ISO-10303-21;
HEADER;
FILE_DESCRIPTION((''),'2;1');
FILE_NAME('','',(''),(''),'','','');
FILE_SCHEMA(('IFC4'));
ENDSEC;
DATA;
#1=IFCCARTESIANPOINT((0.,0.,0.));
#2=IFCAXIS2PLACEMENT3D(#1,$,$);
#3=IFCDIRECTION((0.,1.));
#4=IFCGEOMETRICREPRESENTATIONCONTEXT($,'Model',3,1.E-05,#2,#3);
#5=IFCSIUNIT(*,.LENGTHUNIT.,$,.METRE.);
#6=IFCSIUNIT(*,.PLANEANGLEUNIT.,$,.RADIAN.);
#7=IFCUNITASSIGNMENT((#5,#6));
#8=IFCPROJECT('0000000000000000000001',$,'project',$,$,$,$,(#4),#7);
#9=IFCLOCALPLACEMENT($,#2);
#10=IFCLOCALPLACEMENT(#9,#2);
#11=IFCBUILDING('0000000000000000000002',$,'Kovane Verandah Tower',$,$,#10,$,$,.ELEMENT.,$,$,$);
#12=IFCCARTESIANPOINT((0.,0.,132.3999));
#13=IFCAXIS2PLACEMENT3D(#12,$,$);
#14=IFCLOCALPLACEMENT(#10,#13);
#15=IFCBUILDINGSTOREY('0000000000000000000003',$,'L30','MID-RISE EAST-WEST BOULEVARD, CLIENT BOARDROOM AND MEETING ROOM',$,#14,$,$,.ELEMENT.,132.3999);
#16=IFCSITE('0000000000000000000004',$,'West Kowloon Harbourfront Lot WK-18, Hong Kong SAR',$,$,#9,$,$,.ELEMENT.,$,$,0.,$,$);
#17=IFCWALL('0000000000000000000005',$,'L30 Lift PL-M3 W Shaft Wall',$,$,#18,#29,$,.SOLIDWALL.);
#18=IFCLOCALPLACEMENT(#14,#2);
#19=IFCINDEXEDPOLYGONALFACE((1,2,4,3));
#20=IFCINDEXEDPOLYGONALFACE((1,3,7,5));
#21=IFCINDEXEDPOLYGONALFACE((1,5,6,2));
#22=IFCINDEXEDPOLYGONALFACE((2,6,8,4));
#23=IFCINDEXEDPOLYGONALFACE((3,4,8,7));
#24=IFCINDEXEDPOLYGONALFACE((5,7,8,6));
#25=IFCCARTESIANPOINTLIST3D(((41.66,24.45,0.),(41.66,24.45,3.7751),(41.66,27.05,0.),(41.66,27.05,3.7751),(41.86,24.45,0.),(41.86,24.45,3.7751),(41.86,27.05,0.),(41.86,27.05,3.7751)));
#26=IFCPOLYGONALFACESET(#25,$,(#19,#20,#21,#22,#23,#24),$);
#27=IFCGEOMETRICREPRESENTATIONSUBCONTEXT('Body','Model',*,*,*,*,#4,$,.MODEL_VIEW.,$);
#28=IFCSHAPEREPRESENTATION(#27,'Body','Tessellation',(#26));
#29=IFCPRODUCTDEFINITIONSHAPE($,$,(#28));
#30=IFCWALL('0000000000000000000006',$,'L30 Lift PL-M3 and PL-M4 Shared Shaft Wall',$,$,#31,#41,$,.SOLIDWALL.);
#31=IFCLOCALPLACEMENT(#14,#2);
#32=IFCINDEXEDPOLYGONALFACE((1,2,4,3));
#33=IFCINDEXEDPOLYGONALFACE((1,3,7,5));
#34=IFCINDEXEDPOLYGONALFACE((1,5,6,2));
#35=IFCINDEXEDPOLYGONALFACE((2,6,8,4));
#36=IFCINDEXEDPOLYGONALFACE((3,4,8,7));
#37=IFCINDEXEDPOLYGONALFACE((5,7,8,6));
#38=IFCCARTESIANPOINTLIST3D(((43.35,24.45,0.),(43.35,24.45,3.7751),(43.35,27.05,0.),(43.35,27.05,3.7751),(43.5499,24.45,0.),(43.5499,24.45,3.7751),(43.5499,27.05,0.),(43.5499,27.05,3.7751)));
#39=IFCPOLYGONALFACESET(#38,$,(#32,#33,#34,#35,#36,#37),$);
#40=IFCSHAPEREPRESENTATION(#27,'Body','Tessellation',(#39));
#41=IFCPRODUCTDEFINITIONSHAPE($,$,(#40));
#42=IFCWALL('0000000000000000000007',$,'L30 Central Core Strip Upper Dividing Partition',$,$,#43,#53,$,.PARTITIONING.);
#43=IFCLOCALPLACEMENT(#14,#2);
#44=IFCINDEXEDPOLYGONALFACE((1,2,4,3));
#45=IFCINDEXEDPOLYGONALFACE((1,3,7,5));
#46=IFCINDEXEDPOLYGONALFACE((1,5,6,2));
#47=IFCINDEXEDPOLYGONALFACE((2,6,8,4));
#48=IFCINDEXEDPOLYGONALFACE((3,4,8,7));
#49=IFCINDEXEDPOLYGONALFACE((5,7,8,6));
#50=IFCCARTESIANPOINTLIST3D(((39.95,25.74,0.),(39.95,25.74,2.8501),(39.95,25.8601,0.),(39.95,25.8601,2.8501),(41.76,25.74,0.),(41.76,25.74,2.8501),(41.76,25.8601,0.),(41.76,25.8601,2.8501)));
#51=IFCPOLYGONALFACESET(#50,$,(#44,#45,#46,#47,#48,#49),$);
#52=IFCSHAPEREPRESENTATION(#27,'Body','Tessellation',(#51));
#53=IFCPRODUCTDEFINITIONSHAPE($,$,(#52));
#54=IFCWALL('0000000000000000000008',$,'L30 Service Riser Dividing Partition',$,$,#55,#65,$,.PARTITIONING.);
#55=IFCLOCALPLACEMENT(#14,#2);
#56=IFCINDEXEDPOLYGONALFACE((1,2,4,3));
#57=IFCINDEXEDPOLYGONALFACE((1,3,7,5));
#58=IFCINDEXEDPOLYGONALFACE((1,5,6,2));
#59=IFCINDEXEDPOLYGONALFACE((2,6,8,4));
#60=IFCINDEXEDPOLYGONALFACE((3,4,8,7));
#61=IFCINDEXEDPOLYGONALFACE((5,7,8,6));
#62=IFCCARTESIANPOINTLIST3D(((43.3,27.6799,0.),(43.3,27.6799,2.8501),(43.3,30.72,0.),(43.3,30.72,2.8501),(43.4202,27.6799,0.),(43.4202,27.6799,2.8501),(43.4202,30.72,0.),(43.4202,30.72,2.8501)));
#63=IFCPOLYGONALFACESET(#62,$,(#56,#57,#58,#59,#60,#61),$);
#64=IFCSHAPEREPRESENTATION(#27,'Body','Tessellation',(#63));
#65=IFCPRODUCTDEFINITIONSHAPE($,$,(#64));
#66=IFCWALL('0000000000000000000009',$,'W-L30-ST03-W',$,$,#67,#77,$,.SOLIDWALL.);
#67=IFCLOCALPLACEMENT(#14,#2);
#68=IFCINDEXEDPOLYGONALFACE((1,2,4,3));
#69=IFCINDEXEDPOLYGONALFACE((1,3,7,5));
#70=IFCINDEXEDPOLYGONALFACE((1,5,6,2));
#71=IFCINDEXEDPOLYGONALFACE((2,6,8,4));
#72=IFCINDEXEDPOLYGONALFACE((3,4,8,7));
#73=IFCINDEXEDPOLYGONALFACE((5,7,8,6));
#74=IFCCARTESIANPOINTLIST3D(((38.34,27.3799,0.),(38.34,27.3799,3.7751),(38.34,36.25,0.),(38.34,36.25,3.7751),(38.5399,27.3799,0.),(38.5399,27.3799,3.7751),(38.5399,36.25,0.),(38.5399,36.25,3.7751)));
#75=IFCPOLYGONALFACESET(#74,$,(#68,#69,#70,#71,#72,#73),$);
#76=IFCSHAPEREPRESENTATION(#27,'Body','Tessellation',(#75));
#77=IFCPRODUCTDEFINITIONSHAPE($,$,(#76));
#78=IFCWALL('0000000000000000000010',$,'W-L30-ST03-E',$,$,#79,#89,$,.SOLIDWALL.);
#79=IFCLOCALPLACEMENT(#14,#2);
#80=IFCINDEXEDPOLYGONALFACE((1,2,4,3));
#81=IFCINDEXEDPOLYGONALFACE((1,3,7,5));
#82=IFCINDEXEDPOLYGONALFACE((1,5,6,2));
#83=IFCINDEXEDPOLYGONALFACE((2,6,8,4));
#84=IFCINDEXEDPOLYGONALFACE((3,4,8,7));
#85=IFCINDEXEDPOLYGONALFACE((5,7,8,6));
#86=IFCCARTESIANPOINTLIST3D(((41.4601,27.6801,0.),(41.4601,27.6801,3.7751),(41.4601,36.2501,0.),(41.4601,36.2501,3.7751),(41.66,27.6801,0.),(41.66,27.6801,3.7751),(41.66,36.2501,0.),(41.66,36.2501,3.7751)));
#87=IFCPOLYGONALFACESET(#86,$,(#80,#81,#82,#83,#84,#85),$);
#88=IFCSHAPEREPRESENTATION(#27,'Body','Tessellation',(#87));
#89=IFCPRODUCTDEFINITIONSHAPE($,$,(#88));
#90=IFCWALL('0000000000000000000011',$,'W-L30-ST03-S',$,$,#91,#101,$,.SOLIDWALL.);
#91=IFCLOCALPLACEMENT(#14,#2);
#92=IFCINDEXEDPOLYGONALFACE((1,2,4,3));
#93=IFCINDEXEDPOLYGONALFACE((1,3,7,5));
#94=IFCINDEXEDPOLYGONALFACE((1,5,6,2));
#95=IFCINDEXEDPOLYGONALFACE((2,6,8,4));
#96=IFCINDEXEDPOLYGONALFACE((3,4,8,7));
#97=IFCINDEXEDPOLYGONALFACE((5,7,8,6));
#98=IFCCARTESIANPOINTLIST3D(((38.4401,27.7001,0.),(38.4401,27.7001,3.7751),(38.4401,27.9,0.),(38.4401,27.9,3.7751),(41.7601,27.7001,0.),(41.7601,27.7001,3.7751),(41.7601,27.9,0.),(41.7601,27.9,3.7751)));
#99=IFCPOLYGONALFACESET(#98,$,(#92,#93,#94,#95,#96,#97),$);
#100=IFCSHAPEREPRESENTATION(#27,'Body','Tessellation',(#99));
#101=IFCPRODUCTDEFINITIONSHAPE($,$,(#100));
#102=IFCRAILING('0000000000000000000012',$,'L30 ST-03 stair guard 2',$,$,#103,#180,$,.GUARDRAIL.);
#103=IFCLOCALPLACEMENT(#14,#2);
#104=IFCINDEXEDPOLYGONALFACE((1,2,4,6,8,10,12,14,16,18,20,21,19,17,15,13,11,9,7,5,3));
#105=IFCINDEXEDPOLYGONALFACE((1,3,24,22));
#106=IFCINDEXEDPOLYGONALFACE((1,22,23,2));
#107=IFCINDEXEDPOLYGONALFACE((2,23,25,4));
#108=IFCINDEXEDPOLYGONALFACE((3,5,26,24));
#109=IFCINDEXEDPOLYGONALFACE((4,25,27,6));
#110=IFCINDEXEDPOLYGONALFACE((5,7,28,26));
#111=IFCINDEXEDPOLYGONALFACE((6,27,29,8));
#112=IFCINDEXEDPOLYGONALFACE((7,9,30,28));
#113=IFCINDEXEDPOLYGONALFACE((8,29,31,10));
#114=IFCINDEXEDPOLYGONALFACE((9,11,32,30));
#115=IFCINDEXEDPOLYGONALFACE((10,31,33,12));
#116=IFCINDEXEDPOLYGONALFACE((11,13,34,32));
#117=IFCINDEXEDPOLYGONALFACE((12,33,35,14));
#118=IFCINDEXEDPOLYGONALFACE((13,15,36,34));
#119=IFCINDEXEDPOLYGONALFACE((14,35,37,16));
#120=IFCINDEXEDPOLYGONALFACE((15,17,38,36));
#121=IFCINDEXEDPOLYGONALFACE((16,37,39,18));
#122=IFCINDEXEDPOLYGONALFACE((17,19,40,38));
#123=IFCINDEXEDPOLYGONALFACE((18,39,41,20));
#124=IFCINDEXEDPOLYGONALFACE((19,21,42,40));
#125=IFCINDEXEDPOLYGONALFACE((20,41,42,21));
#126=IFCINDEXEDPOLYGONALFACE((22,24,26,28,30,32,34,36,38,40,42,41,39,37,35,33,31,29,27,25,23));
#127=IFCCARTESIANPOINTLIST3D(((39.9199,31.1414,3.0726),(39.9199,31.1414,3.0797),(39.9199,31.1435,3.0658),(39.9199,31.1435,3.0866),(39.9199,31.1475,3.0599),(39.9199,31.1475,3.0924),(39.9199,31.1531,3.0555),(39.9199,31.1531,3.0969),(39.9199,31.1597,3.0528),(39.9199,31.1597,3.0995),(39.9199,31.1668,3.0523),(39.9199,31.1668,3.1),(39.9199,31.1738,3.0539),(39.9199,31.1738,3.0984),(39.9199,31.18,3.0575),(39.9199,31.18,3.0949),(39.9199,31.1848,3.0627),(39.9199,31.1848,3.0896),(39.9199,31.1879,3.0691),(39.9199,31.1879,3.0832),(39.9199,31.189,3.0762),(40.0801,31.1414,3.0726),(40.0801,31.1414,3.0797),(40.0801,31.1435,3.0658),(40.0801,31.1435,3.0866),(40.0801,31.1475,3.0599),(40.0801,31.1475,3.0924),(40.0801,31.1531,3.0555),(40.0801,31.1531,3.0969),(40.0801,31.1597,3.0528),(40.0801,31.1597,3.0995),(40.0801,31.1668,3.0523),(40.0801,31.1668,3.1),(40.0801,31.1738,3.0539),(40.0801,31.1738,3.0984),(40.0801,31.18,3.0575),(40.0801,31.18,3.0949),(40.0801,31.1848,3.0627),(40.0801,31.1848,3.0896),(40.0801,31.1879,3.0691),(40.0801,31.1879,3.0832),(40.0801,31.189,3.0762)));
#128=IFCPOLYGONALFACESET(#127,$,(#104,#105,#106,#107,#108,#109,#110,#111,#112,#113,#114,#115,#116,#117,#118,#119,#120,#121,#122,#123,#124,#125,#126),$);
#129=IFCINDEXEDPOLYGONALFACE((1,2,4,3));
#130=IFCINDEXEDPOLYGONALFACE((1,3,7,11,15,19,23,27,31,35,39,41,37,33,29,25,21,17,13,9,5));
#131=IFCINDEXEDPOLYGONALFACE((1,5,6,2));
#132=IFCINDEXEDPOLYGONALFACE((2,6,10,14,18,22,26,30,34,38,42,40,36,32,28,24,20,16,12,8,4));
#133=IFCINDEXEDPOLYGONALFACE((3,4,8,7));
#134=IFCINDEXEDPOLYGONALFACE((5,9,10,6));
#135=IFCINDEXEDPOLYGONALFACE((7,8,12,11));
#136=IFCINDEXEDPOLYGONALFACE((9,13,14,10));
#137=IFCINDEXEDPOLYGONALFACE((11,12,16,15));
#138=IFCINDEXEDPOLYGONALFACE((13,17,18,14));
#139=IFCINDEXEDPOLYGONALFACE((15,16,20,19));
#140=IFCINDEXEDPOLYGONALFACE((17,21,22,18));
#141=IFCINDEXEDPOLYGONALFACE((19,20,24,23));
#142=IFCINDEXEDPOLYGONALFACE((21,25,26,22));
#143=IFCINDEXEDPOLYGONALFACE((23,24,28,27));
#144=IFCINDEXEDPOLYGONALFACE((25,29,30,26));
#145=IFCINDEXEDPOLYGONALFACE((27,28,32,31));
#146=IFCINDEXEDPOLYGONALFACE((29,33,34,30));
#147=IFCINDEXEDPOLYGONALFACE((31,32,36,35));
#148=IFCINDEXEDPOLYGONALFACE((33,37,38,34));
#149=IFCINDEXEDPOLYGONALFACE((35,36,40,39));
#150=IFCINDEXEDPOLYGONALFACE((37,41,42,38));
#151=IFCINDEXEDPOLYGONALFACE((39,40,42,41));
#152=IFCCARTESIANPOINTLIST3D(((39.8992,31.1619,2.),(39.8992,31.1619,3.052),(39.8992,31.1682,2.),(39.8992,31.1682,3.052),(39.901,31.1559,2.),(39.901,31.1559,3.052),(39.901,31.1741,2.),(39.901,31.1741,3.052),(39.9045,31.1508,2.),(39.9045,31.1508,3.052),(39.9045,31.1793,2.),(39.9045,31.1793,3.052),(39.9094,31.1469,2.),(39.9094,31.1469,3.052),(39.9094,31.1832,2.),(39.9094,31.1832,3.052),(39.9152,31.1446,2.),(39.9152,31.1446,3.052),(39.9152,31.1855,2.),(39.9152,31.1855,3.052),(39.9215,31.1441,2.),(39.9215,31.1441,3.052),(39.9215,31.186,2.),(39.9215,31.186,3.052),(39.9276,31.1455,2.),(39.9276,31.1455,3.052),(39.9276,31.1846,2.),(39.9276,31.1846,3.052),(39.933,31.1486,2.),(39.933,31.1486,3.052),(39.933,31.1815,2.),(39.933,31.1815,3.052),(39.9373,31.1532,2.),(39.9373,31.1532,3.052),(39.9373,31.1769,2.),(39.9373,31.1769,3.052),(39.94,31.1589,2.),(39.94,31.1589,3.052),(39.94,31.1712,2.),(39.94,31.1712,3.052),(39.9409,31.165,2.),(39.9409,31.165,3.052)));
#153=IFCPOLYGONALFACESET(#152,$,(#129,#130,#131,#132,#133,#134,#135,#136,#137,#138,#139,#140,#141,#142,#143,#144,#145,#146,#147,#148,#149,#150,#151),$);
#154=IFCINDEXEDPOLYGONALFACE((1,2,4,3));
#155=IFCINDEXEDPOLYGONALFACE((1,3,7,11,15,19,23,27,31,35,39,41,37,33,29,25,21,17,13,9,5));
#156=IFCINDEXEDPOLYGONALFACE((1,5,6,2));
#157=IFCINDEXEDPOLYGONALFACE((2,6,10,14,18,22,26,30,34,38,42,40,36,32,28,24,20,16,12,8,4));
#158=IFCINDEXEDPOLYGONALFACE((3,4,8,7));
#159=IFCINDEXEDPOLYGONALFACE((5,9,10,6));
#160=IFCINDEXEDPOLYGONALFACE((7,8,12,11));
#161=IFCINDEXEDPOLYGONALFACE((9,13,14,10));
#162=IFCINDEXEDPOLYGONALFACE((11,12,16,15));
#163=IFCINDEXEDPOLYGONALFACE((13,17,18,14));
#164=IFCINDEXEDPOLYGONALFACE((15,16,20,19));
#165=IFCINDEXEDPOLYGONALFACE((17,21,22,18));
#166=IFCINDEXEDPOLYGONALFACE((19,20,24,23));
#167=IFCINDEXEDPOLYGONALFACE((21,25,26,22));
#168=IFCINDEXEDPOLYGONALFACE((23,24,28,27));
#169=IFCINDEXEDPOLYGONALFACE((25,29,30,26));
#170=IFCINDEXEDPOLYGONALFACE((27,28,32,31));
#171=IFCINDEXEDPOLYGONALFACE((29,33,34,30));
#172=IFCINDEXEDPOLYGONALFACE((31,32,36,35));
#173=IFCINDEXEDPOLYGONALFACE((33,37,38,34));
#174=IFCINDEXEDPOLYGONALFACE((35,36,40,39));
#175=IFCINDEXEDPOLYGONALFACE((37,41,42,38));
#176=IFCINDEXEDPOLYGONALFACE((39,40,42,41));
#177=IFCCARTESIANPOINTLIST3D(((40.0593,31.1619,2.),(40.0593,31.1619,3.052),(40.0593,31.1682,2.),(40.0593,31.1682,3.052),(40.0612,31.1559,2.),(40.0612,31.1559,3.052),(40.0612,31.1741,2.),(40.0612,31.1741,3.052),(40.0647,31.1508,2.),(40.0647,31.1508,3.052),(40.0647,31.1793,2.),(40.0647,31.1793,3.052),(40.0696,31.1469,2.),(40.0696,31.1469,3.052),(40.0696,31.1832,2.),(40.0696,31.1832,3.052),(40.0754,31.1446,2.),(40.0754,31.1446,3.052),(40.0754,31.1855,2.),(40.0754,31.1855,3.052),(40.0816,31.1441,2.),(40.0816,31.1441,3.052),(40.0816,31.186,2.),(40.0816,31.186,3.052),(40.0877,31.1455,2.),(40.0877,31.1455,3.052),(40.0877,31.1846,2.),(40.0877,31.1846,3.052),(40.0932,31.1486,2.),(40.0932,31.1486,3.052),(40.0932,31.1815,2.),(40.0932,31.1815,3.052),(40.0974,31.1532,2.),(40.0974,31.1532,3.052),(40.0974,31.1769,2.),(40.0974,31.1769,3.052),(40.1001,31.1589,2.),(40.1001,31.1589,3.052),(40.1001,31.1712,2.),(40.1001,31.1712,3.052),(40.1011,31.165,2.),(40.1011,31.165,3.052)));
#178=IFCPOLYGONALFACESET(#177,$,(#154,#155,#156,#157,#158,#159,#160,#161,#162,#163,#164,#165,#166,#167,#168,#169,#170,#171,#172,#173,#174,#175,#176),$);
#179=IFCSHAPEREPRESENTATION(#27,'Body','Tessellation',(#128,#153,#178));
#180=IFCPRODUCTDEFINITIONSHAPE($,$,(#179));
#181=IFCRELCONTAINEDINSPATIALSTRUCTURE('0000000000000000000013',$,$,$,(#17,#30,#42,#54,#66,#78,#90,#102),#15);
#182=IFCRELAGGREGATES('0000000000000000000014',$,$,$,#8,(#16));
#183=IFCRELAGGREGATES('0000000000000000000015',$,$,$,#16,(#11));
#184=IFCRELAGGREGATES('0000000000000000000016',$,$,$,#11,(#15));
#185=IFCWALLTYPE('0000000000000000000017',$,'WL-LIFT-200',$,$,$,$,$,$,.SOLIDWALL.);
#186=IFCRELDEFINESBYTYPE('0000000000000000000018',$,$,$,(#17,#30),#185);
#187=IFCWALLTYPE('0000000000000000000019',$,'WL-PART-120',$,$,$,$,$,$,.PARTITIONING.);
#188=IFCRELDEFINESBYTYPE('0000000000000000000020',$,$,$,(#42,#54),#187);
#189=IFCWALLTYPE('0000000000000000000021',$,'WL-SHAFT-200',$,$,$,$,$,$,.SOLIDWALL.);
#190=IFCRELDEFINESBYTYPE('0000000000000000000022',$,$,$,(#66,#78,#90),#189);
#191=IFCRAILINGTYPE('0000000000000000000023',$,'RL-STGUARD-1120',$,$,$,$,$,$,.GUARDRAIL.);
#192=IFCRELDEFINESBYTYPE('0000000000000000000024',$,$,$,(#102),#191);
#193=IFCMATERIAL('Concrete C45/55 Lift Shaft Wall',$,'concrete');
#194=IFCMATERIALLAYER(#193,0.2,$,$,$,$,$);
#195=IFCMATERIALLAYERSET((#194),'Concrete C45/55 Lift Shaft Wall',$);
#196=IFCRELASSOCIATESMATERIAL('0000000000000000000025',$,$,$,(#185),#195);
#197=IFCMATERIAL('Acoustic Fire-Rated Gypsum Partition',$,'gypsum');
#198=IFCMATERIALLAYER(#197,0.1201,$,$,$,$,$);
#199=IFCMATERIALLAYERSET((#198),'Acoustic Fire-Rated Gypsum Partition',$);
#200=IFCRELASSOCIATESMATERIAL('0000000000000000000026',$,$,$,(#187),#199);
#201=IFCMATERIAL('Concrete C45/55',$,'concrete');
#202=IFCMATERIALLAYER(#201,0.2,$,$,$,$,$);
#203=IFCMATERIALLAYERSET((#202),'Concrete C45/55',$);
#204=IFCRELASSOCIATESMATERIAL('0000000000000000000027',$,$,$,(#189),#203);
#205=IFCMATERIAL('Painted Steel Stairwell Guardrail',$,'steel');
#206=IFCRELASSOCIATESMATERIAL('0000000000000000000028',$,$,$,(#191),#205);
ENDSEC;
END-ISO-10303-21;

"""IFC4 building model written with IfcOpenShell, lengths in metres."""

from ifc_helpers import new_model, si_unit, direction, frame, frame_2d, origin, origin_2d, place, context, subcontext, project, spatial, rectangle, circle, extrude, material, layer, layer_set, type_object, element, save


model = new_model("IFC4")

# Units and contexts
model_context = context("Model", 3, precision=1e-05, world=origin(), true_north=direction((0.0, 1.0)))
body_context = subcontext(model_context, "Body", "Model", "MODEL_VIEW")
ifc_project = project(units=[si_unit("LENGTHUNIT", "METRE"), si_unit("PLANEANGLEUNIT", "RADIAN")], contexts=[model_context])

# Site, building, storey
site_placement = place(None, origin())
site = spatial("IfcSite", under=ifc_project, at=site_placement, Name="West Kowloon Harbourfront Lot WK-18, Hong Kong SAR", CompositionType="ELEMENT", RefElevation=0.0)
building_placement = place(site_placement, origin())
building = spatial("IfcBuilding", under=site, at=building_placement, Name="Kovane Verandah Tower", CompositionType="ELEMENT")
storey_placement = place(building_placement, frame((0.0, 0.0, 132.3999)))
storey = spatial("IfcBuildingStorey", under=building, at=storey_placement, Name="L30", Description="MID-RISE EAST-WEST BOULEVARD, CLIENT BOARDROOM AND MEETING ROOM", CompositionType="ELEMENT", Elevation=132.3999)

# Shared definitions
ifc_material_1 = material(Name="Concrete C45/55 Lift Shaft Wall", Category="concrete")
ifc_layer_1 = layer(ifc_material_1, 0.2)
ifc_layer_set_1 = layer_set([ifc_layer_1], Name="Concrete C45/55 Lift Shaft Wall")
wall_type_1 = type_object("IfcWallType", Name="WL-LIFT-200", PredefinedType="SOLIDWALL", material=ifc_layer_set_1)

# Walls
for number, where, z_axis, x_axis, name in (
    (1, (41.76, 27.05, 0.0), (0.0, 0.0, 1.0), (0.0, -1.0, 0.0), "L30 Lift PL-M3 W Shaft Wall"),
    (2, (43.45, 24.45, 0.0), (0.0, 0.0, 1.0), (0.0, 1.0, 0.0), "L30 Lift PL-M3 and PL-M4 Shared Shaft Wall"),
):
    element("IfcWall", number, at=place(storey_placement, frame(where, z_axis=z_axis, x_axis=x_axis)), inside=storey, type_object=wall_type_1, Name=name, PredefinedType="SOLIDWALL", context=body_context, shape_type="SweptSolid", body=[
        extrude(rectangle(XDim=2.6001, YDim=0.2, at=frame_2d((1.3, 0.0))), origin(), (0.0, 0.0, 1.0), 3.7751),
    ])

# Walls
ifc_material_2 = material(Name="Acoustic Fire-Rated Gypsum Partition", Category="gypsum")
ifc_layer_2 = layer(ifc_material_2, 0.1201)
ifc_layer_set_2 = layer_set([ifc_layer_2], Name="Acoustic Fire-Rated Gypsum Partition")
wall_type_2 = type_object("IfcWallType", Name="WL-PART-120", PredefinedType="PARTITIONING", material=ifc_layer_set_2)
wall_1_placement = place(storey_placement, frame((39.95, 25.8, 0.0), z_axis=(0.0, 0.0, 1.0), x_axis=(1.0, 0.0, 0.0)))
element("IfcWall", 3, at=wall_1_placement, inside=storey, type_object=wall_type_2, Name="L30 Central Core Strip Upper Dividing Partition", PredefinedType="PARTITIONING", context=body_context, shape_type="SweptSolid", body=[
    extrude(rectangle(XDim=1.8101, YDim=0.1201, at=frame_2d((0.905, 0.0))), origin(), (0.0, 0.0, 1.0), 2.8501),
])
wall_2_placement = place(storey_placement, frame((43.3601, 27.6799, 0.0), z_axis=(0.0, 0.0, 1.0), x_axis=(0.0, 1.0, 0.0)))
element("IfcWall", 4, at=wall_2_placement, inside=storey, type_object=wall_type_2, Name="L30 Service Riser Dividing Partition", PredefinedType="PARTITIONING", context=body_context, shape_type="SweptSolid", body=[
    extrude(rectangle(XDim=3.04, YDim=0.1201, at=frame_2d((1.52, 0.0))), origin(), (0.0, 0.0, 1.0), 2.8501),
])
ifc_material_3 = material(Name="Concrete C45/55", Category="concrete")
ifc_layer_3 = layer(ifc_material_3, 0.2)
ifc_layer_set_3 = layer_set([ifc_layer_3], Name="Concrete C45/55")
wall_type_3 = type_object("IfcWallType", Name="WL-SHAFT-200", PredefinedType="SOLIDWALL", material=ifc_layer_set_3)
wall_3_placement = place(storey_placement, frame((38.4399, 27.3799, 0.0), z_axis=(0.0, 0.0, 1.0), x_axis=(0.0, 1.0, 0.0)))
element("IfcWall", 5, at=wall_3_placement, inside=storey, type_object=wall_type_3, Name="W-L30-ST03-W", PredefinedType="SOLIDWALL", context=body_context, shape_type="SweptSolid", body=[
    extrude(rectangle(XDim=8.8701, YDim=0.2, at=frame_2d((4.4351, 0.0))), origin(), (0.0, 0.0, 1.0), 3.7751),
])
wall_4_placement = place(storey_placement, frame((41.5601, 27.6799, 0.0), z_axis=(0.0, 0.0, 1.0), x_axis=(0.0, 1.0, 0.0)))
element("IfcWall", 6, at=wall_4_placement, inside=storey, type_object=wall_type_3, Name="W-L30-ST03-E", PredefinedType="SOLIDWALL", context=body_context, shape_type="SweptSolid", body=[
    extrude(rectangle(XDim=8.5701, YDim=0.2, at=frame_2d((4.2852, 0.0))), origin(), (0.0, 0.0, 1.0), 3.7751),
])
wall_5_placement = place(storey_placement, frame((38.4399, 27.8, 0.0), z_axis=(0.0, 0.0, 1.0), x_axis=(1.0, 0.0, 0.0)))
element("IfcWall", 7, at=wall_5_placement, inside=storey, type_object=wall_type_3, Name="W-L30-ST03-S", PredefinedType="SOLIDWALL", context=body_context, shape_type="SweptSolid", body=[
    extrude(rectangle(XDim=3.3201, YDim=0.2, at=frame_2d((1.6602, 0.0))), origin(), (0.0, 0.0, 1.0), 3.7751),
])

# Railing
ifc_material_4 = material(Name="Painted Steel Stairwell Guardrail", Category="steel")
railing_type = type_object("IfcRailingType", Name="RL-STGUARD-1120", PredefinedType="GUARDRAIL", material=ifc_material_4)
railing_1_placement = place(storey_placement, frame((39.9199, 31.165, 2.0)))
element("IfcRailing", 8, at=railing_1_placement, inside=storey, type_object=railing_type, Name="L30 ST-03 stair guard 2", PredefinedType="GUARDRAIL", context=body_context, shape_type="SweptSolid", body=[
    extrude(circle(Radius=0.0239, at=origin_2d()), frame((0.0, 0.0, 1.0762), z_axis=(1.0, 0.0, 0.0), x_axis=(0.0, 1.0, 0.0)), (0.0, 0.0, 1.0), 0.1602),
    extrude(circle(Radius=0.021, at=origin_2d()), origin(), (0.0, 0.0, 1.0), 1.052),
    extrude(circle(Radius=0.021, at=origin_2d()), frame((0.1602, 0.0, 0.0)), (0.0, 0.0, 1.0), 1.052),
])

save(model, "model.ifc")
